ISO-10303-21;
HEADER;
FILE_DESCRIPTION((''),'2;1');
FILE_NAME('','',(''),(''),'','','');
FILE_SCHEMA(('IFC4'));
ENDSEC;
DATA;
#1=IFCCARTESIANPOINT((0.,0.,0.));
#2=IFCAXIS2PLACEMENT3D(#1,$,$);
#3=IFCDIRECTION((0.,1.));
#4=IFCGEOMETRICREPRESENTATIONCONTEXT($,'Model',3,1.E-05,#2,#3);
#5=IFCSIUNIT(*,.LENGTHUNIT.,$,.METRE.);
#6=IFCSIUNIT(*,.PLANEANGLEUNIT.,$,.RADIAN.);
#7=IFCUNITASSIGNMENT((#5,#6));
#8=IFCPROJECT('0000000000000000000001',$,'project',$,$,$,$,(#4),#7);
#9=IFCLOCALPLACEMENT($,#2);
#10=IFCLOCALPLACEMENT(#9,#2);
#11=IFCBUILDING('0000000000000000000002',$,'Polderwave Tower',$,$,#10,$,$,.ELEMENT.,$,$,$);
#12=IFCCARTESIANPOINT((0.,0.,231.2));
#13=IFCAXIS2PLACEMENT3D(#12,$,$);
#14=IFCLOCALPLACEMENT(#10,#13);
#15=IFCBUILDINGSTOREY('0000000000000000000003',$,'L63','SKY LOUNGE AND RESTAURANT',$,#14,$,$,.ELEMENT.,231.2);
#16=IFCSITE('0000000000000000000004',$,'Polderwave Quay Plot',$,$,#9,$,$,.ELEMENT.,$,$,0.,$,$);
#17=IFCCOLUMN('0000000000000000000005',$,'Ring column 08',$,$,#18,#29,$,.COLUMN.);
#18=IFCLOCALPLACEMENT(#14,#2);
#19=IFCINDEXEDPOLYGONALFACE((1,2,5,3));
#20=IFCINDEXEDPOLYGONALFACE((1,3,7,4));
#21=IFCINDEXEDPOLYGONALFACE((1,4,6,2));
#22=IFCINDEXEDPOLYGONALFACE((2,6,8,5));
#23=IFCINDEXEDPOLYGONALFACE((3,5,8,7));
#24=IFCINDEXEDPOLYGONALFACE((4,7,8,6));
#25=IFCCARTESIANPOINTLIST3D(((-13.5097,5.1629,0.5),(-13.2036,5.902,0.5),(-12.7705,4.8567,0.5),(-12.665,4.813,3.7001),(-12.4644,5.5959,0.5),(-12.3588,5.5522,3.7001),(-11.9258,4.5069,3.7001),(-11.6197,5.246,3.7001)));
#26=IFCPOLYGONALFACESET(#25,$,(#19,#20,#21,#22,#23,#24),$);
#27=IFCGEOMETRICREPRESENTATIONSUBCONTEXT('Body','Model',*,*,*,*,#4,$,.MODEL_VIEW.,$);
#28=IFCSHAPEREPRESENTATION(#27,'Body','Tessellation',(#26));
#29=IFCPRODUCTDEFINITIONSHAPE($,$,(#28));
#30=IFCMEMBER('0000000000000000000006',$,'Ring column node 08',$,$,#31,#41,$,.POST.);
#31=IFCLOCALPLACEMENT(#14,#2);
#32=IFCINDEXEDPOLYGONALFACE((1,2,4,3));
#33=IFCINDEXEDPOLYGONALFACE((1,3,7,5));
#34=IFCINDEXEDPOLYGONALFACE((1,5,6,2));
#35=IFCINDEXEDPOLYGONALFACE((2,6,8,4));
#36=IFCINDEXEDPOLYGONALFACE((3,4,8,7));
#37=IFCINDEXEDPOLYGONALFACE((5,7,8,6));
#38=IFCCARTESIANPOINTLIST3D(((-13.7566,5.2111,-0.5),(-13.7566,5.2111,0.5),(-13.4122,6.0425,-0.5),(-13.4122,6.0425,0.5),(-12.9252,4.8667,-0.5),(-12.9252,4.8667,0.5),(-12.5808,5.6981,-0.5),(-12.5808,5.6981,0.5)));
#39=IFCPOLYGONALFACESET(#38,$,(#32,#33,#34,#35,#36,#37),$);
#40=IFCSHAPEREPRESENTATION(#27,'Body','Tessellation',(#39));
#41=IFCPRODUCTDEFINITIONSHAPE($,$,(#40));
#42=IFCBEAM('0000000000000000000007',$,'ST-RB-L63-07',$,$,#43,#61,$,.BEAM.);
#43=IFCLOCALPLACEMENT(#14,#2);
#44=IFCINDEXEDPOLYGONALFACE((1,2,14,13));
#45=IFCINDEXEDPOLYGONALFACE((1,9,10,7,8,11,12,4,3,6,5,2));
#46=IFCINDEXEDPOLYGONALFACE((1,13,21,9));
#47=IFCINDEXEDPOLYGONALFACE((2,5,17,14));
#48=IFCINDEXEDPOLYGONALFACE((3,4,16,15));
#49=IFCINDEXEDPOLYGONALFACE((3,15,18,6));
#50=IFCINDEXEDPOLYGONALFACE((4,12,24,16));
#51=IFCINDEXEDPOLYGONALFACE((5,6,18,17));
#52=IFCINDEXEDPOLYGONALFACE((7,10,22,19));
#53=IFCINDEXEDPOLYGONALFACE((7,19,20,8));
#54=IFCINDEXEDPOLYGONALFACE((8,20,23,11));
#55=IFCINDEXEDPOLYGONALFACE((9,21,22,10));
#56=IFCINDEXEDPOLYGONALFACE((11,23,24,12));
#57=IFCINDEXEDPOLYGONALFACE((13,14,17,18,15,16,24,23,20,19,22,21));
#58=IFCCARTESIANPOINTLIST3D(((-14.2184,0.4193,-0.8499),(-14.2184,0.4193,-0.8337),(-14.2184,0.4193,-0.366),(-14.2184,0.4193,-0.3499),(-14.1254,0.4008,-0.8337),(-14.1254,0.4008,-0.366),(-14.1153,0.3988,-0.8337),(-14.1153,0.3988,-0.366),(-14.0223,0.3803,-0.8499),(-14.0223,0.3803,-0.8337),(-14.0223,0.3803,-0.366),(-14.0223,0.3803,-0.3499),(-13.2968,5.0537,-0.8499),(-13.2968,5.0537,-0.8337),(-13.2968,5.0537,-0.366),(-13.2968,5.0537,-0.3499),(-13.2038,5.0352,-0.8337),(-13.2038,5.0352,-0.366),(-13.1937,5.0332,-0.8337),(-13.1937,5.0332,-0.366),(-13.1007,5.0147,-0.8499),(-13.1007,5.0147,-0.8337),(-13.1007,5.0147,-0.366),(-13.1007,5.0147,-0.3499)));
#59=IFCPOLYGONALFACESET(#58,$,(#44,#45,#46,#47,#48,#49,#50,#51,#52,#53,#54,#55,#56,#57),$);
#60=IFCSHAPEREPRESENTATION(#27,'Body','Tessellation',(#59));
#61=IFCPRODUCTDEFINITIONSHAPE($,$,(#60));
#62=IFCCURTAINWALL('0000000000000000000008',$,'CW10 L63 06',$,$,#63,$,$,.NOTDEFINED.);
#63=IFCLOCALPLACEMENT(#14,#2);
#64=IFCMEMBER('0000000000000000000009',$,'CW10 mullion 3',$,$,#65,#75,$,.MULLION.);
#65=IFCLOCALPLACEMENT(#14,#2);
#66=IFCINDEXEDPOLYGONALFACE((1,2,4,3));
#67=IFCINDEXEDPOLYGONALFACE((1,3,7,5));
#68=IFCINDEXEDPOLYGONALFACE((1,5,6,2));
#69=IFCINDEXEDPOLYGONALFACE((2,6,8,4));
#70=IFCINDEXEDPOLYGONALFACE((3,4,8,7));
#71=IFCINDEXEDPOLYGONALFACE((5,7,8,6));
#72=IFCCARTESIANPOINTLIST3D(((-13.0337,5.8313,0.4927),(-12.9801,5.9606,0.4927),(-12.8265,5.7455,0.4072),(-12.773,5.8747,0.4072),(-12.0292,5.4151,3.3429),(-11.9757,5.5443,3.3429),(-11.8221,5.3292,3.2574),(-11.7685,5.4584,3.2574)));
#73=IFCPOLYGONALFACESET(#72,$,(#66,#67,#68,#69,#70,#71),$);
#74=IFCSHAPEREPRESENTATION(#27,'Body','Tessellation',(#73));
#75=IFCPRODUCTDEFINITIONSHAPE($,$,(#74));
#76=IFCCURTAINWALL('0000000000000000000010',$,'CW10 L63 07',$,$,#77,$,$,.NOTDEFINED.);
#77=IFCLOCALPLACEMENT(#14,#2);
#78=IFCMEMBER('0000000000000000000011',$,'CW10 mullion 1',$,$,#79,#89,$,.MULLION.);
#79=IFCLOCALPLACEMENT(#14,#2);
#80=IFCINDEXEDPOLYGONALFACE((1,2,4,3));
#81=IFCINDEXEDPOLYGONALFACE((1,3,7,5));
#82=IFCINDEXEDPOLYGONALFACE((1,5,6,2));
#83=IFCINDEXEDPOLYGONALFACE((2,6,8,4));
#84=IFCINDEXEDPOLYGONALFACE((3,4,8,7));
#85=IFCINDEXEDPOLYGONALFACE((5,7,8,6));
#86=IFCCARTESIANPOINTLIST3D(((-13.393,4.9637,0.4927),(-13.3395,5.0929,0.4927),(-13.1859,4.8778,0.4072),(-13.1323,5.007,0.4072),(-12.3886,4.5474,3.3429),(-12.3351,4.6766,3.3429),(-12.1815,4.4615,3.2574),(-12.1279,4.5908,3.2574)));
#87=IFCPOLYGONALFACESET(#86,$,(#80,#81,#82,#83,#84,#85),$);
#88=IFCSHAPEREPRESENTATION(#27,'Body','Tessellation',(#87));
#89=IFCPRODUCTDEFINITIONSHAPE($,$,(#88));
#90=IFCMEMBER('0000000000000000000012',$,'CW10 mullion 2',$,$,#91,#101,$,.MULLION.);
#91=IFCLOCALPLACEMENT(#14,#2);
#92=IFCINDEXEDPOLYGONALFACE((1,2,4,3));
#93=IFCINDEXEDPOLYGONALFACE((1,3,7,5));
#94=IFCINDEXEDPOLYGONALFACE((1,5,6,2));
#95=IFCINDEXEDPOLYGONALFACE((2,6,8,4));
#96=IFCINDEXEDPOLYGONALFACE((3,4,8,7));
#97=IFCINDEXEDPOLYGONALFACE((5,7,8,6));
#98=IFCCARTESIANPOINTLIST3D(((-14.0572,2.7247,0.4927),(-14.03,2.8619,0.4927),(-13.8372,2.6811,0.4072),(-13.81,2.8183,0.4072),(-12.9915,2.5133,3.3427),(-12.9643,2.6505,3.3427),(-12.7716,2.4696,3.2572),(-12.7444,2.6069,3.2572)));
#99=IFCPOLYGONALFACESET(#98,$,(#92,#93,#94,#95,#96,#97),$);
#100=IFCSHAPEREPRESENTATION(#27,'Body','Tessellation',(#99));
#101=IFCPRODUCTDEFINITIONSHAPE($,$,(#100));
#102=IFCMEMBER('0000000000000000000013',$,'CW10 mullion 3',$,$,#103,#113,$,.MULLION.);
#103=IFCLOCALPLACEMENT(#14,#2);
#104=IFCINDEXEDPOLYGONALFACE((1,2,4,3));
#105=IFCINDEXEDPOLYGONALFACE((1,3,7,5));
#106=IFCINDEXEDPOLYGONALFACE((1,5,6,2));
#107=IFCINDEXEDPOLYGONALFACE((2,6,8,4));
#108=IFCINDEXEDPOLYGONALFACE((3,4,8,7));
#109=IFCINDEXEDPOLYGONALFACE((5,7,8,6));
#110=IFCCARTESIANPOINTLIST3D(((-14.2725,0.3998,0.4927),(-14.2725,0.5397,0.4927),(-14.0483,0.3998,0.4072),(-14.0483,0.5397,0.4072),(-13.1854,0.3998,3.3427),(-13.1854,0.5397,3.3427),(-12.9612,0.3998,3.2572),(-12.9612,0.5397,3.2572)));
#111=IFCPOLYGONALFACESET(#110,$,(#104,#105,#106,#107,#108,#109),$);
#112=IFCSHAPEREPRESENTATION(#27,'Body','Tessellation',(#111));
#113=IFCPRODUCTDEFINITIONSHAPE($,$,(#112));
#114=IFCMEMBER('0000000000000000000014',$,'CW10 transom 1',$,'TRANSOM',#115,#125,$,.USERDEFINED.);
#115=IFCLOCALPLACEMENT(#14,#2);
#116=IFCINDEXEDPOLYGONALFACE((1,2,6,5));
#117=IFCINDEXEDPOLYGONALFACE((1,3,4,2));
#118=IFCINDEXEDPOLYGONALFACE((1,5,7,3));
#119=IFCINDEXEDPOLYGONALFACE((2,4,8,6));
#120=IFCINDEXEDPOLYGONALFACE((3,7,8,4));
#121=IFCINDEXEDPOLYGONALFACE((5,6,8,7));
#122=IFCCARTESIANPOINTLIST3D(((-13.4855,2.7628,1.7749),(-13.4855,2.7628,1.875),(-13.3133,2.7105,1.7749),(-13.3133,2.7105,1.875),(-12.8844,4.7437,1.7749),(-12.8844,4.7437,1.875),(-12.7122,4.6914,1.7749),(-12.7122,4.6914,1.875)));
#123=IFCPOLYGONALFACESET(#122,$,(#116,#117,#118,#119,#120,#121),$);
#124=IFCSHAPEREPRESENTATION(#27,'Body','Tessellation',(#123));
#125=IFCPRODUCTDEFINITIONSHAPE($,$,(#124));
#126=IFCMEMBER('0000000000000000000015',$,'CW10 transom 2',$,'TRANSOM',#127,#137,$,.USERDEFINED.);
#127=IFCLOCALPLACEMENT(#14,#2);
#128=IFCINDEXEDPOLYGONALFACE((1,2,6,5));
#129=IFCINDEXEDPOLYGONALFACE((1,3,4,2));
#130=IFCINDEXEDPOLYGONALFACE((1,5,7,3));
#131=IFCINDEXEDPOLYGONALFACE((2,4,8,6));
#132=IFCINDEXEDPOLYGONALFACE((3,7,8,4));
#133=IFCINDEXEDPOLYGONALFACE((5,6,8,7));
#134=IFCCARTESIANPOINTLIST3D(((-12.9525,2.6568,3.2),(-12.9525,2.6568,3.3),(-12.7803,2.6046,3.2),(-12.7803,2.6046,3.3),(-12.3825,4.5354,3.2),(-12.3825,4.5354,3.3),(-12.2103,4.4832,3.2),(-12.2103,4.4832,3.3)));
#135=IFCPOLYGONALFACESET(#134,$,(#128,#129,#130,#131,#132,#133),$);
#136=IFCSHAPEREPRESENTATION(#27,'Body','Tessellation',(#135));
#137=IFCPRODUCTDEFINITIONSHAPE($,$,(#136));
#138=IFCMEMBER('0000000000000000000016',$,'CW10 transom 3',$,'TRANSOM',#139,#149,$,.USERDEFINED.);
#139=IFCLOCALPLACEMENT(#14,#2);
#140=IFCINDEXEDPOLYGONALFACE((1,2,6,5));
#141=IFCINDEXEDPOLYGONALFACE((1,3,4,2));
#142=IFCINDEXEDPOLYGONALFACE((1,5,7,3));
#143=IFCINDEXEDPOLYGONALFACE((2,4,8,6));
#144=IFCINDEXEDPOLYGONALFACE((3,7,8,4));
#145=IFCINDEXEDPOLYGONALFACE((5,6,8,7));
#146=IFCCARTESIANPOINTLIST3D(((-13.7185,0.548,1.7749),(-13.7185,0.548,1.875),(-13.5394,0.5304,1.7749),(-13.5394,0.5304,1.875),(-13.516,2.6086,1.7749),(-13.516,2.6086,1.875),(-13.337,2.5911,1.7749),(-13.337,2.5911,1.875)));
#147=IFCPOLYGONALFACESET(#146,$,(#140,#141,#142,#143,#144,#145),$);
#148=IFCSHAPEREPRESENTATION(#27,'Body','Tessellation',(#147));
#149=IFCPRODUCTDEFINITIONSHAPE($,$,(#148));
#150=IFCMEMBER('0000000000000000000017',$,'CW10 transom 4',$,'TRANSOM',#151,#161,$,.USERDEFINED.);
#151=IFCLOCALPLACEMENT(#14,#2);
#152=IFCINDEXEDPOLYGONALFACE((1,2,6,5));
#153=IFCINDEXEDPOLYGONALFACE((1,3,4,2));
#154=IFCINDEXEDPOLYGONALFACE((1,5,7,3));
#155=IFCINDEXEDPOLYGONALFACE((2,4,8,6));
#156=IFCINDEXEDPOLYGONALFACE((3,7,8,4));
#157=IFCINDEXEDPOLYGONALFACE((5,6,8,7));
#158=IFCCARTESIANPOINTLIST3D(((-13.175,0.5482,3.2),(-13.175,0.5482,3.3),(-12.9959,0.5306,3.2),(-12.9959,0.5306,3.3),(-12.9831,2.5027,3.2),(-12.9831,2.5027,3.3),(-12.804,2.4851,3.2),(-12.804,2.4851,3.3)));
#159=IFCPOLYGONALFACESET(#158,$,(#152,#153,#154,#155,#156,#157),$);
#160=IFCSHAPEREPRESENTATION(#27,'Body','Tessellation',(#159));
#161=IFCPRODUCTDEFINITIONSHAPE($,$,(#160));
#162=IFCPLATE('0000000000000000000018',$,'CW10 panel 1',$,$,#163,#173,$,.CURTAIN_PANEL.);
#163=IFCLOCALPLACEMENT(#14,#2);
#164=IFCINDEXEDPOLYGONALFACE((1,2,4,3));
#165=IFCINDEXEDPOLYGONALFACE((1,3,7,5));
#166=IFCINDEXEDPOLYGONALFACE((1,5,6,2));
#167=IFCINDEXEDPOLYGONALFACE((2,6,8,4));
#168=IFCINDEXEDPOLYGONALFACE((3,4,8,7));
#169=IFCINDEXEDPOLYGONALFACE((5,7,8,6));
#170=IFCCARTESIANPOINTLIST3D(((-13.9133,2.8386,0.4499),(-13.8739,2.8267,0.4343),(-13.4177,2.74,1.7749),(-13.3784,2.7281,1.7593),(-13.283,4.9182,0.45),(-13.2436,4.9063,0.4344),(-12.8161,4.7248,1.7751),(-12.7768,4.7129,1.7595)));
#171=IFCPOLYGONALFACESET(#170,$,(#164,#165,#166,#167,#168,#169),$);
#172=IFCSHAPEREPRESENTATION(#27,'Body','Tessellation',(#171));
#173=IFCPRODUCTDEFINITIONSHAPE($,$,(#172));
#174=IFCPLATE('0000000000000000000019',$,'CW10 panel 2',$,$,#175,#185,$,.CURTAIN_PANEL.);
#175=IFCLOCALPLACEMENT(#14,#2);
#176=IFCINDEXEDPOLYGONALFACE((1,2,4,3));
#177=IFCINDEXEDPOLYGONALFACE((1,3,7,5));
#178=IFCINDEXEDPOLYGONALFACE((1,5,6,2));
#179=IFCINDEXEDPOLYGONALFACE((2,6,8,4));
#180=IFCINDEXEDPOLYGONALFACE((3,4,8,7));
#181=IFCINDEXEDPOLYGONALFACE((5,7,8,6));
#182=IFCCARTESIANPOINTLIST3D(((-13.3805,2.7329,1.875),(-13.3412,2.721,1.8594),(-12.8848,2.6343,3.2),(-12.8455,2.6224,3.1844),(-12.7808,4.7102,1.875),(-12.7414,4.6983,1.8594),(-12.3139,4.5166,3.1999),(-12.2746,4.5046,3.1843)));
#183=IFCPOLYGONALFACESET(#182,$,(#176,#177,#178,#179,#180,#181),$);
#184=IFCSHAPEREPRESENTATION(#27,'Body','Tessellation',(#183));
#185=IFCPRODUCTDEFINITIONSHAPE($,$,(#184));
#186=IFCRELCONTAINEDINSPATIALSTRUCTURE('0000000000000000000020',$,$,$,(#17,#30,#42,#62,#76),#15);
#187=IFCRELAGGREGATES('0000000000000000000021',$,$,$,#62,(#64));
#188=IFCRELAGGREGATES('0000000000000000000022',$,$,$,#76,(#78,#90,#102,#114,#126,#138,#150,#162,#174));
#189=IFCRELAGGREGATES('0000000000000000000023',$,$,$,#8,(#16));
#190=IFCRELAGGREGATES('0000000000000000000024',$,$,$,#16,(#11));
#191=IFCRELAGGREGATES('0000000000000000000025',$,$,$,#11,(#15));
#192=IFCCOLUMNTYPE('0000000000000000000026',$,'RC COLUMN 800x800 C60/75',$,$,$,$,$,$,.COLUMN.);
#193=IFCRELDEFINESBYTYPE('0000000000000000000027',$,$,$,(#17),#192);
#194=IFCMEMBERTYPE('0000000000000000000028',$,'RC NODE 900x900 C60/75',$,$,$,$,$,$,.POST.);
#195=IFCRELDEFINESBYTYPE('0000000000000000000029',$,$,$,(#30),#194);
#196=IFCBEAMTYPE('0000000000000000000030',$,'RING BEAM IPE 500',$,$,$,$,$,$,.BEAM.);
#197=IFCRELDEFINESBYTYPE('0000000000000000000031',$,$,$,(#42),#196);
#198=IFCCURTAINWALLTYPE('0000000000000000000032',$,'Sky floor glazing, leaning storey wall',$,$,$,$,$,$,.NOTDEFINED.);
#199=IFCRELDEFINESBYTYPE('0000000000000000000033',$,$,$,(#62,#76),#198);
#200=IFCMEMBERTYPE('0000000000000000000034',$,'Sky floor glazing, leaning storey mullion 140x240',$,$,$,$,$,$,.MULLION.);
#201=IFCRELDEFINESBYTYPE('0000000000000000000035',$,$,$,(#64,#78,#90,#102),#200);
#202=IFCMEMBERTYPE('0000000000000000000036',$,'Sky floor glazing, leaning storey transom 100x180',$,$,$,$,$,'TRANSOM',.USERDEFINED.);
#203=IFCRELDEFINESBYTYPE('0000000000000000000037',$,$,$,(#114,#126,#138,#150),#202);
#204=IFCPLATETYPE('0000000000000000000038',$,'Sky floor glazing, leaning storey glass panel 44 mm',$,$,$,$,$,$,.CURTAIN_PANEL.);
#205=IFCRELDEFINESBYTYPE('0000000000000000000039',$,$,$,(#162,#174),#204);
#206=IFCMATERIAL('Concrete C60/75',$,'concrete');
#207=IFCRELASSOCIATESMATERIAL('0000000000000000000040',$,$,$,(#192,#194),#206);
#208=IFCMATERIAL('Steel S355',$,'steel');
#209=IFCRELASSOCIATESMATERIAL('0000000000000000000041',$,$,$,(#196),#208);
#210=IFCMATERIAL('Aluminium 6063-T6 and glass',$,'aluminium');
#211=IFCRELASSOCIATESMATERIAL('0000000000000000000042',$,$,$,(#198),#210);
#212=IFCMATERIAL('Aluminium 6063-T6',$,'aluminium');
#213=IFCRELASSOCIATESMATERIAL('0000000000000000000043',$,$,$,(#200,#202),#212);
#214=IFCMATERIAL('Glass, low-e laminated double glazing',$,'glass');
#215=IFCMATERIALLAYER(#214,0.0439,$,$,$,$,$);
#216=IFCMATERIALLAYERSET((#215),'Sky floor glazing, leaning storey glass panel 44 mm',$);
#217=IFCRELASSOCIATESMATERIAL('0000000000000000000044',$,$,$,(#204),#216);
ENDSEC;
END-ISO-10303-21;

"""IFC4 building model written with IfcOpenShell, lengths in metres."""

from ifc_helpers import new_model, si_unit, direction, frame, origin, origin_2d, place, context, subcontext, project, spatial, polyline, rectangle, i_section, outline, extrude, material, layer, layer_set, material_profile, profile_set, type_object, element, aggregate, save


model = new_model("IFC4")

# Units and contexts
model_context = context("Model", 3, precision=1e-05, world=origin(), true_north=direction((0.0, 1.0)))
body_context = subcontext(model_context, "Body", "Model", "MODEL_VIEW")
ifc_project = project(units=[si_unit("LENGTHUNIT", "METRE"), si_unit("PLANEANGLEUNIT", "RADIAN")], contexts=[model_context])

# Site, building, storey
site_placement = place(None, origin())
site = spatial("IfcSite", under=ifc_project, at=site_placement, Name="Polderwave Quay Plot", CompositionType="ELEMENT", RefElevation=0.0)
building_placement = place(site_placement, origin())
building = spatial("IfcBuilding", under=site, at=building_placement, Name="Polderwave Tower", CompositionType="ELEMENT")
storey_placement = place(building_placement, frame((0.0, 0.0, 231.2)))
storey = spatial("IfcBuildingStorey", under=building, at=storey_placement, Name="L63", Description="SKY LOUNGE AND RESTAURANT", CompositionType="ELEMENT", Elevation=231.2)

# Column
ifc_material_1 = material(Name="Concrete C60/75", Category="concrete")
ifc_material_profile_1 = material_profile(ifc_material_1, rectangle(XDim=0.8, YDim=0.8, at=origin_2d()), Name="RC 800x800")
ifc_profile_set_1 = profile_set([ifc_material_profile_1], Name="Concrete C60/75")
column_type = type_object("IfcColumnType", Name="RC COLUMN 800x800 C60/75", PredefinedType="COLUMN", material=ifc_profile_set_1)
column_placement = place(storey_placement, frame((-12.9871, 5.3794, 0.5), z_axis=(0.0, 0.0, 1.0), x_axis=(0.382643, 0.923896, 0.0)))
element("IfcColumn", 1, at=column_placement, inside=storey, type_object=column_type, Name="Ring column 08", PredefinedType="COLUMN", context=body_context, shape_type="SweptSolid", body=[
    extrude(rectangle(XDim=0.8, YDim=0.8, at=origin_2d()), origin(), (0.0, -0.274731, 0.961521), 3.3281),
])

# Member
ifc_material_profile_2 = material_profile(ifc_material_1, rectangle(XDim=0.8999, YDim=0.8999, at=origin_2d()), Name="RC 900x900")
ifc_profile_set_2 = profile_set([ifc_material_profile_2], Name="Concrete C60/75")
member_type_1 = type_object("IfcMemberType", Name="RC NODE 900x900 C60/75", PredefinedType="POST", material=ifc_profile_set_2)
member_1_placement = place(storey_placement, frame((-13.1687, 5.4546, -0.5), z_axis=(0.0, 0.0, 1.0), x_axis=(-0.92388, 0.382683, 0.0)))
element("IfcMember", 2, at=member_1_placement, inside=storey, type_object=member_type_1, Name="Ring column node 08", PredefinedType="POST", context=body_context, shape_type="SweptSolid", body=[
    extrude(rectangle(XDim=0.8999, YDim=0.8999, at=origin_2d()), origin(), (0.0, 0.0, 1.0), 1.0),
])

# Beam
ifc_material_2 = material(Name="Steel S355", Category="steel")
ifc_material_profile_3 = material_profile(ifc_material_2, i_section(OverallWidth=0.2, OverallDepth=0.5, WebThickness=0.0103, FlangeThickness=0.0161, at=origin_2d()), Name="IPE 500")
ifc_profile_set_3 = profile_set([ifc_material_profile_3], Name="Steel S355")
beam_type = type_object("IfcBeamType", Name="RING BEAM IPE 500", PredefinedType="BEAM", material=ifc_profile_set_3)
beam_placement = place(storey_placement, frame((-13.1987, 5.0342, -0.5999), z_axis=(-0.195053, -0.980793, 0.0), x_axis=(0.980793, -0.195053, 0.0)))
element("IfcBeam", 3, at=beam_placement, inside=storey, type_object=beam_type, Name="ST-RB-L63-07", PredefinedType="BEAM", context=body_context, shape_type="SweptSolid", body=[
    extrude(i_section(OverallWidth=0.2, OverallDepth=0.5, WebThickness=0.0103, FlangeThickness=0.0161, at=origin_2d()), origin(), (0.0, 0.0, 1.0), 4.7251),
])

# Curtain wall, member
ifc_material_3 = material(Name="Aluminium 6063-T6 and glass", Category="aluminium")
curtain_wall_type = type_object("IfcCurtainWallType", Name="Sky floor glazing, leaning storey wall", PredefinedType="NOTDEFINED", material=ifc_material_3)
curtain_wall_1_placement = place(storey_placement, origin())
curtain_wall_1 = element("IfcCurtainWall", 4, at=curtain_wall_1_placement, inside=storey, type_object=curtain_wall_type, Name="CW10 L63 06", PredefinedType="NOTDEFINED")
ifc_material_4 = material(Name="Aluminium 6063-T6", Category="aluminium")
ifc_material_profile_4 = material_profile(ifc_material_4, rectangle(XDim=0.1399, YDim=0.24, at=origin_2d()), Name="AL 140x240")
ifc_profile_set_4 = profile_set([ifc_material_profile_4], Name="Aluminium 6063-T6")
member_type_2 = type_object("IfcMemberType", Name="Sky floor glazing, leaning storey mullion 140x240", PredefinedType="MULLION", material=ifc_profile_set_4)
member_2_placement = place(storey_placement, frame((-12.9033, 5.853, 0.45), z_axis=(0.329263, -0.136459, 0.934326), x_axis=(0.382861, 0.923806, 0.0)))
member_2 = element("IfcMember", 5, at=member_2_placement, type_object=member_type_2, Name="CW10 mullion 3", PredefinedType="MULLION", context=body_context, shape_type="SweptSolid", body=[
    extrude(rectangle(XDim=0.1399, YDim=0.24, at=origin_2d()), origin(), (0.0, 0.0, 1.0), 3.0505),
])
aggregate(curtain_wall_1, [member_2])

# Curtain wall, members, plates
curtain_wall_2_placement = place(storey_placement, origin())
curtain_wall_2 = element("IfcCurtainWall", 6, at=curtain_wall_2_placement, inside=storey, type_object=curtain_wall_type, Name="CW10 L63 07", PredefinedType="NOTDEFINED")
member_3_placement = place(storey_placement, frame((-13.2627, 4.9854, 0.45), z_axis=(0.329263, -0.136459, 0.934326), x_axis=(0.382861, 0.923806, 0.0)))
member_3 = element("IfcMember", 7, at=member_3_placement, type_object=member_type_2, Name="CW10 mullion 1", PredefinedType="MULLION", context=body_context, shape_type="SweptSolid", body=[
    extrude(rectangle(XDim=0.1399, YDim=0.24, at=origin_2d()), origin(), (0.0, 0.0, 1.0), 3.0505),
])
member_4_placement = place(storey_placement, frame((-13.9336, 2.7715, 0.45), z_axis=(0.349384, -0.069317, 0.934412), x_axis=(0.194603, 0.980882, 0.0)))
member_4 = element("IfcMember", 8, at=member_4_placement, type_object=member_type_2, Name="CW10 mullion 2", PredefinedType="MULLION", context=body_context, shape_type="SweptSolid", body=[
    extrude(rectangle(XDim=0.1399, YDim=0.24, at=origin_2d()), origin(), (0.0, 0.0, 1.0), 3.05),
])
member_5_placement = place(storey_placement, frame((-14.1604, 0.4697, 0.45), z_axis=(0.356398, 0.0, 0.934334), x_axis=(0.0, 1.0, 0.0)))
member_5 = element("IfcMember", 9, at=member_5_placement, type_object=member_type_2, Name="CW10 mullion 3", PredefinedType="MULLION", context=body_context, shape_type="SweptSolid", body=[
    extrude(rectangle(XDim=0.1399, YDim=0.24, at=origin_2d()), origin(), (0.0, 0.0, 1.0), 3.0503),
])
ifc_material_profile_5 = material_profile(ifc_material_4, rectangle(XDim=0.1799, YDim=0.1001, at=origin_2d()), Name="AL 100x180")
ifc_profile_set_5 = profile_set([ifc_material_profile_5], Name="Aluminium 6063-T6")
member_type_3 = type_object("IfcMemberType", Name="Sky floor glazing, leaning storey transom 100x180", ElementType="TRANSOM", PredefinedType="USERDEFINED", material=ifc_profile_set_5)
member_6_placement = place(storey_placement, frame((-12.7983, 4.7175, 1.825), z_axis=(-0.290354, -0.956919, 0.0), x_axis=(0.956919, -0.290354, 0.0)))
member_6 = element("IfcMember", 10, at=member_6_placement, type_object=member_type_3, Name="CW10 transom 1", ObjectType="TRANSOM", PredefinedType="USERDEFINED", context=body_context, shape_type="SweptSolid", body=[
    extrude(rectangle(XDim=0.1799, YDim=0.1001, at=origin_2d()), origin(), (0.0, 0.0, 1.0), 2.0701),
])
member_7_placement = place(storey_placement, frame((-12.2964, 4.5093, 3.25), z_axis=(-0.29037, -0.956915, 0.0), x_axis=(0.956915, -0.29037, 0.0)))
member_7 = element("IfcMember", 11, at=member_7_placement, type_object=member_type_3, Name="CW10 transom 2", ObjectType="TRANSOM", PredefinedType="USERDEFINED", context=body_context, shape_type="SweptSolid", body=[
    extrude(rectangle(XDim=0.1799, YDim=0.1001, at=origin_2d()), origin(), (0.0, 0.0, 1.0), 1.9631),
])
member_8_placement = place(storey_placement, frame((-13.4265, 2.5999, 1.825), z_axis=(-0.097752, -0.995211, 0.0), x_axis=(0.995211, -0.097752, 0.0)))
member_8 = element("IfcMember", 12, at=member_8_placement, type_object=member_type_3, Name="CW10 transom 3", ObjectType="TRANSOM", PredefinedType="USERDEFINED", context=body_context, shape_type="SweptSolid", body=[
    extrude(rectangle(XDim=0.1799, YDim=0.1001, at=origin_2d()), origin(), (0.0, 0.0, 1.0), 2.0706),
])
member_9_placement = place(storey_placement, frame((-12.8936, 2.4939, 3.25), z_axis=(-0.097707, -0.995215, 0.0), x_axis=(0.995215, -0.097707, 0.0)))
member_9 = element("IfcMember", 13, at=member_9_placement, type_object=member_type_3, Name="CW10 transom 4", ObjectType="TRANSOM", PredefinedType="USERDEFINED", context=body_context, shape_type="SweptSolid", body=[
    extrude(rectangle(XDim=0.1799, YDim=0.1001, at=origin_2d()), origin(), (0.0, 0.0, 1.0), 1.9639),
])
ifc_material_5 = material(Name="Glass, low-e laminated double glazing", Category="glass")
ifc_layer_1 = layer(ifc_material_5, 0.0439)
ifc_layer_set_1 = layer_set([ifc_layer_1], Name="Sky floor glazing, leaning storey glass panel 44 mm")
plate_type = type_object("IfcPlateType", Name="Sky floor glazing, leaning storey glass panel 44 mm", PredefinedType="CURTAIN_PANEL", material=ifc_layer_set_1)
plate_1_placement = place(storey_placement, frame((-13.283, 4.9182, 0.45), z_axis=(-0.894749, 0.271177, 0.354807), x_axis=(-0.290052, -0.957011, -0.000014)))
plate_1 = element("IfcPlate", 14, at=plate_1_placement, type_object=plate_type, Name="CW10 panel 1", PredefinedType="CURTAIN_PANEL", context=body_context, shape_type="SweptSolid", body=[
    extrude(outline(polyline([(0.0, 0.0), (2.173, 0.0), (2.1237, 1.4172), (0.0496, 1.4174), (0.0, 0.0)])), origin(), (0.0, 0.0, -1.0), 0.0439),
])
plate_2_placement = place(storey_placement, frame((-12.7808, 4.7102, 1.875), z_axis=(-0.894647, 0.271354, 0.354929), x_axis=(-0.290258, -0.956948, -0.000019)))
plate_2 = element("IfcPlate", 15, at=plate_2_placement, type_object=plate_type, Name="CW10 panel 2", PredefinedType="CURTAIN_PANEL", context=body_context, shape_type="SweptSolid", body=[
    extrude(outline(polyline([(0.0, 0.0), (2.0663, 0.0), (2.0167, 1.4173), (0.0498, 1.4172), (0.0, 0.0)])), origin(), (0.0, 0.0, -1.0), 0.0439),
])
aggregate(curtain_wall_2, [member_3, member_4, member_5, member_6, member_7, member_8, member_9, plate_1, plate_2])

save(model, "model.ifc")
